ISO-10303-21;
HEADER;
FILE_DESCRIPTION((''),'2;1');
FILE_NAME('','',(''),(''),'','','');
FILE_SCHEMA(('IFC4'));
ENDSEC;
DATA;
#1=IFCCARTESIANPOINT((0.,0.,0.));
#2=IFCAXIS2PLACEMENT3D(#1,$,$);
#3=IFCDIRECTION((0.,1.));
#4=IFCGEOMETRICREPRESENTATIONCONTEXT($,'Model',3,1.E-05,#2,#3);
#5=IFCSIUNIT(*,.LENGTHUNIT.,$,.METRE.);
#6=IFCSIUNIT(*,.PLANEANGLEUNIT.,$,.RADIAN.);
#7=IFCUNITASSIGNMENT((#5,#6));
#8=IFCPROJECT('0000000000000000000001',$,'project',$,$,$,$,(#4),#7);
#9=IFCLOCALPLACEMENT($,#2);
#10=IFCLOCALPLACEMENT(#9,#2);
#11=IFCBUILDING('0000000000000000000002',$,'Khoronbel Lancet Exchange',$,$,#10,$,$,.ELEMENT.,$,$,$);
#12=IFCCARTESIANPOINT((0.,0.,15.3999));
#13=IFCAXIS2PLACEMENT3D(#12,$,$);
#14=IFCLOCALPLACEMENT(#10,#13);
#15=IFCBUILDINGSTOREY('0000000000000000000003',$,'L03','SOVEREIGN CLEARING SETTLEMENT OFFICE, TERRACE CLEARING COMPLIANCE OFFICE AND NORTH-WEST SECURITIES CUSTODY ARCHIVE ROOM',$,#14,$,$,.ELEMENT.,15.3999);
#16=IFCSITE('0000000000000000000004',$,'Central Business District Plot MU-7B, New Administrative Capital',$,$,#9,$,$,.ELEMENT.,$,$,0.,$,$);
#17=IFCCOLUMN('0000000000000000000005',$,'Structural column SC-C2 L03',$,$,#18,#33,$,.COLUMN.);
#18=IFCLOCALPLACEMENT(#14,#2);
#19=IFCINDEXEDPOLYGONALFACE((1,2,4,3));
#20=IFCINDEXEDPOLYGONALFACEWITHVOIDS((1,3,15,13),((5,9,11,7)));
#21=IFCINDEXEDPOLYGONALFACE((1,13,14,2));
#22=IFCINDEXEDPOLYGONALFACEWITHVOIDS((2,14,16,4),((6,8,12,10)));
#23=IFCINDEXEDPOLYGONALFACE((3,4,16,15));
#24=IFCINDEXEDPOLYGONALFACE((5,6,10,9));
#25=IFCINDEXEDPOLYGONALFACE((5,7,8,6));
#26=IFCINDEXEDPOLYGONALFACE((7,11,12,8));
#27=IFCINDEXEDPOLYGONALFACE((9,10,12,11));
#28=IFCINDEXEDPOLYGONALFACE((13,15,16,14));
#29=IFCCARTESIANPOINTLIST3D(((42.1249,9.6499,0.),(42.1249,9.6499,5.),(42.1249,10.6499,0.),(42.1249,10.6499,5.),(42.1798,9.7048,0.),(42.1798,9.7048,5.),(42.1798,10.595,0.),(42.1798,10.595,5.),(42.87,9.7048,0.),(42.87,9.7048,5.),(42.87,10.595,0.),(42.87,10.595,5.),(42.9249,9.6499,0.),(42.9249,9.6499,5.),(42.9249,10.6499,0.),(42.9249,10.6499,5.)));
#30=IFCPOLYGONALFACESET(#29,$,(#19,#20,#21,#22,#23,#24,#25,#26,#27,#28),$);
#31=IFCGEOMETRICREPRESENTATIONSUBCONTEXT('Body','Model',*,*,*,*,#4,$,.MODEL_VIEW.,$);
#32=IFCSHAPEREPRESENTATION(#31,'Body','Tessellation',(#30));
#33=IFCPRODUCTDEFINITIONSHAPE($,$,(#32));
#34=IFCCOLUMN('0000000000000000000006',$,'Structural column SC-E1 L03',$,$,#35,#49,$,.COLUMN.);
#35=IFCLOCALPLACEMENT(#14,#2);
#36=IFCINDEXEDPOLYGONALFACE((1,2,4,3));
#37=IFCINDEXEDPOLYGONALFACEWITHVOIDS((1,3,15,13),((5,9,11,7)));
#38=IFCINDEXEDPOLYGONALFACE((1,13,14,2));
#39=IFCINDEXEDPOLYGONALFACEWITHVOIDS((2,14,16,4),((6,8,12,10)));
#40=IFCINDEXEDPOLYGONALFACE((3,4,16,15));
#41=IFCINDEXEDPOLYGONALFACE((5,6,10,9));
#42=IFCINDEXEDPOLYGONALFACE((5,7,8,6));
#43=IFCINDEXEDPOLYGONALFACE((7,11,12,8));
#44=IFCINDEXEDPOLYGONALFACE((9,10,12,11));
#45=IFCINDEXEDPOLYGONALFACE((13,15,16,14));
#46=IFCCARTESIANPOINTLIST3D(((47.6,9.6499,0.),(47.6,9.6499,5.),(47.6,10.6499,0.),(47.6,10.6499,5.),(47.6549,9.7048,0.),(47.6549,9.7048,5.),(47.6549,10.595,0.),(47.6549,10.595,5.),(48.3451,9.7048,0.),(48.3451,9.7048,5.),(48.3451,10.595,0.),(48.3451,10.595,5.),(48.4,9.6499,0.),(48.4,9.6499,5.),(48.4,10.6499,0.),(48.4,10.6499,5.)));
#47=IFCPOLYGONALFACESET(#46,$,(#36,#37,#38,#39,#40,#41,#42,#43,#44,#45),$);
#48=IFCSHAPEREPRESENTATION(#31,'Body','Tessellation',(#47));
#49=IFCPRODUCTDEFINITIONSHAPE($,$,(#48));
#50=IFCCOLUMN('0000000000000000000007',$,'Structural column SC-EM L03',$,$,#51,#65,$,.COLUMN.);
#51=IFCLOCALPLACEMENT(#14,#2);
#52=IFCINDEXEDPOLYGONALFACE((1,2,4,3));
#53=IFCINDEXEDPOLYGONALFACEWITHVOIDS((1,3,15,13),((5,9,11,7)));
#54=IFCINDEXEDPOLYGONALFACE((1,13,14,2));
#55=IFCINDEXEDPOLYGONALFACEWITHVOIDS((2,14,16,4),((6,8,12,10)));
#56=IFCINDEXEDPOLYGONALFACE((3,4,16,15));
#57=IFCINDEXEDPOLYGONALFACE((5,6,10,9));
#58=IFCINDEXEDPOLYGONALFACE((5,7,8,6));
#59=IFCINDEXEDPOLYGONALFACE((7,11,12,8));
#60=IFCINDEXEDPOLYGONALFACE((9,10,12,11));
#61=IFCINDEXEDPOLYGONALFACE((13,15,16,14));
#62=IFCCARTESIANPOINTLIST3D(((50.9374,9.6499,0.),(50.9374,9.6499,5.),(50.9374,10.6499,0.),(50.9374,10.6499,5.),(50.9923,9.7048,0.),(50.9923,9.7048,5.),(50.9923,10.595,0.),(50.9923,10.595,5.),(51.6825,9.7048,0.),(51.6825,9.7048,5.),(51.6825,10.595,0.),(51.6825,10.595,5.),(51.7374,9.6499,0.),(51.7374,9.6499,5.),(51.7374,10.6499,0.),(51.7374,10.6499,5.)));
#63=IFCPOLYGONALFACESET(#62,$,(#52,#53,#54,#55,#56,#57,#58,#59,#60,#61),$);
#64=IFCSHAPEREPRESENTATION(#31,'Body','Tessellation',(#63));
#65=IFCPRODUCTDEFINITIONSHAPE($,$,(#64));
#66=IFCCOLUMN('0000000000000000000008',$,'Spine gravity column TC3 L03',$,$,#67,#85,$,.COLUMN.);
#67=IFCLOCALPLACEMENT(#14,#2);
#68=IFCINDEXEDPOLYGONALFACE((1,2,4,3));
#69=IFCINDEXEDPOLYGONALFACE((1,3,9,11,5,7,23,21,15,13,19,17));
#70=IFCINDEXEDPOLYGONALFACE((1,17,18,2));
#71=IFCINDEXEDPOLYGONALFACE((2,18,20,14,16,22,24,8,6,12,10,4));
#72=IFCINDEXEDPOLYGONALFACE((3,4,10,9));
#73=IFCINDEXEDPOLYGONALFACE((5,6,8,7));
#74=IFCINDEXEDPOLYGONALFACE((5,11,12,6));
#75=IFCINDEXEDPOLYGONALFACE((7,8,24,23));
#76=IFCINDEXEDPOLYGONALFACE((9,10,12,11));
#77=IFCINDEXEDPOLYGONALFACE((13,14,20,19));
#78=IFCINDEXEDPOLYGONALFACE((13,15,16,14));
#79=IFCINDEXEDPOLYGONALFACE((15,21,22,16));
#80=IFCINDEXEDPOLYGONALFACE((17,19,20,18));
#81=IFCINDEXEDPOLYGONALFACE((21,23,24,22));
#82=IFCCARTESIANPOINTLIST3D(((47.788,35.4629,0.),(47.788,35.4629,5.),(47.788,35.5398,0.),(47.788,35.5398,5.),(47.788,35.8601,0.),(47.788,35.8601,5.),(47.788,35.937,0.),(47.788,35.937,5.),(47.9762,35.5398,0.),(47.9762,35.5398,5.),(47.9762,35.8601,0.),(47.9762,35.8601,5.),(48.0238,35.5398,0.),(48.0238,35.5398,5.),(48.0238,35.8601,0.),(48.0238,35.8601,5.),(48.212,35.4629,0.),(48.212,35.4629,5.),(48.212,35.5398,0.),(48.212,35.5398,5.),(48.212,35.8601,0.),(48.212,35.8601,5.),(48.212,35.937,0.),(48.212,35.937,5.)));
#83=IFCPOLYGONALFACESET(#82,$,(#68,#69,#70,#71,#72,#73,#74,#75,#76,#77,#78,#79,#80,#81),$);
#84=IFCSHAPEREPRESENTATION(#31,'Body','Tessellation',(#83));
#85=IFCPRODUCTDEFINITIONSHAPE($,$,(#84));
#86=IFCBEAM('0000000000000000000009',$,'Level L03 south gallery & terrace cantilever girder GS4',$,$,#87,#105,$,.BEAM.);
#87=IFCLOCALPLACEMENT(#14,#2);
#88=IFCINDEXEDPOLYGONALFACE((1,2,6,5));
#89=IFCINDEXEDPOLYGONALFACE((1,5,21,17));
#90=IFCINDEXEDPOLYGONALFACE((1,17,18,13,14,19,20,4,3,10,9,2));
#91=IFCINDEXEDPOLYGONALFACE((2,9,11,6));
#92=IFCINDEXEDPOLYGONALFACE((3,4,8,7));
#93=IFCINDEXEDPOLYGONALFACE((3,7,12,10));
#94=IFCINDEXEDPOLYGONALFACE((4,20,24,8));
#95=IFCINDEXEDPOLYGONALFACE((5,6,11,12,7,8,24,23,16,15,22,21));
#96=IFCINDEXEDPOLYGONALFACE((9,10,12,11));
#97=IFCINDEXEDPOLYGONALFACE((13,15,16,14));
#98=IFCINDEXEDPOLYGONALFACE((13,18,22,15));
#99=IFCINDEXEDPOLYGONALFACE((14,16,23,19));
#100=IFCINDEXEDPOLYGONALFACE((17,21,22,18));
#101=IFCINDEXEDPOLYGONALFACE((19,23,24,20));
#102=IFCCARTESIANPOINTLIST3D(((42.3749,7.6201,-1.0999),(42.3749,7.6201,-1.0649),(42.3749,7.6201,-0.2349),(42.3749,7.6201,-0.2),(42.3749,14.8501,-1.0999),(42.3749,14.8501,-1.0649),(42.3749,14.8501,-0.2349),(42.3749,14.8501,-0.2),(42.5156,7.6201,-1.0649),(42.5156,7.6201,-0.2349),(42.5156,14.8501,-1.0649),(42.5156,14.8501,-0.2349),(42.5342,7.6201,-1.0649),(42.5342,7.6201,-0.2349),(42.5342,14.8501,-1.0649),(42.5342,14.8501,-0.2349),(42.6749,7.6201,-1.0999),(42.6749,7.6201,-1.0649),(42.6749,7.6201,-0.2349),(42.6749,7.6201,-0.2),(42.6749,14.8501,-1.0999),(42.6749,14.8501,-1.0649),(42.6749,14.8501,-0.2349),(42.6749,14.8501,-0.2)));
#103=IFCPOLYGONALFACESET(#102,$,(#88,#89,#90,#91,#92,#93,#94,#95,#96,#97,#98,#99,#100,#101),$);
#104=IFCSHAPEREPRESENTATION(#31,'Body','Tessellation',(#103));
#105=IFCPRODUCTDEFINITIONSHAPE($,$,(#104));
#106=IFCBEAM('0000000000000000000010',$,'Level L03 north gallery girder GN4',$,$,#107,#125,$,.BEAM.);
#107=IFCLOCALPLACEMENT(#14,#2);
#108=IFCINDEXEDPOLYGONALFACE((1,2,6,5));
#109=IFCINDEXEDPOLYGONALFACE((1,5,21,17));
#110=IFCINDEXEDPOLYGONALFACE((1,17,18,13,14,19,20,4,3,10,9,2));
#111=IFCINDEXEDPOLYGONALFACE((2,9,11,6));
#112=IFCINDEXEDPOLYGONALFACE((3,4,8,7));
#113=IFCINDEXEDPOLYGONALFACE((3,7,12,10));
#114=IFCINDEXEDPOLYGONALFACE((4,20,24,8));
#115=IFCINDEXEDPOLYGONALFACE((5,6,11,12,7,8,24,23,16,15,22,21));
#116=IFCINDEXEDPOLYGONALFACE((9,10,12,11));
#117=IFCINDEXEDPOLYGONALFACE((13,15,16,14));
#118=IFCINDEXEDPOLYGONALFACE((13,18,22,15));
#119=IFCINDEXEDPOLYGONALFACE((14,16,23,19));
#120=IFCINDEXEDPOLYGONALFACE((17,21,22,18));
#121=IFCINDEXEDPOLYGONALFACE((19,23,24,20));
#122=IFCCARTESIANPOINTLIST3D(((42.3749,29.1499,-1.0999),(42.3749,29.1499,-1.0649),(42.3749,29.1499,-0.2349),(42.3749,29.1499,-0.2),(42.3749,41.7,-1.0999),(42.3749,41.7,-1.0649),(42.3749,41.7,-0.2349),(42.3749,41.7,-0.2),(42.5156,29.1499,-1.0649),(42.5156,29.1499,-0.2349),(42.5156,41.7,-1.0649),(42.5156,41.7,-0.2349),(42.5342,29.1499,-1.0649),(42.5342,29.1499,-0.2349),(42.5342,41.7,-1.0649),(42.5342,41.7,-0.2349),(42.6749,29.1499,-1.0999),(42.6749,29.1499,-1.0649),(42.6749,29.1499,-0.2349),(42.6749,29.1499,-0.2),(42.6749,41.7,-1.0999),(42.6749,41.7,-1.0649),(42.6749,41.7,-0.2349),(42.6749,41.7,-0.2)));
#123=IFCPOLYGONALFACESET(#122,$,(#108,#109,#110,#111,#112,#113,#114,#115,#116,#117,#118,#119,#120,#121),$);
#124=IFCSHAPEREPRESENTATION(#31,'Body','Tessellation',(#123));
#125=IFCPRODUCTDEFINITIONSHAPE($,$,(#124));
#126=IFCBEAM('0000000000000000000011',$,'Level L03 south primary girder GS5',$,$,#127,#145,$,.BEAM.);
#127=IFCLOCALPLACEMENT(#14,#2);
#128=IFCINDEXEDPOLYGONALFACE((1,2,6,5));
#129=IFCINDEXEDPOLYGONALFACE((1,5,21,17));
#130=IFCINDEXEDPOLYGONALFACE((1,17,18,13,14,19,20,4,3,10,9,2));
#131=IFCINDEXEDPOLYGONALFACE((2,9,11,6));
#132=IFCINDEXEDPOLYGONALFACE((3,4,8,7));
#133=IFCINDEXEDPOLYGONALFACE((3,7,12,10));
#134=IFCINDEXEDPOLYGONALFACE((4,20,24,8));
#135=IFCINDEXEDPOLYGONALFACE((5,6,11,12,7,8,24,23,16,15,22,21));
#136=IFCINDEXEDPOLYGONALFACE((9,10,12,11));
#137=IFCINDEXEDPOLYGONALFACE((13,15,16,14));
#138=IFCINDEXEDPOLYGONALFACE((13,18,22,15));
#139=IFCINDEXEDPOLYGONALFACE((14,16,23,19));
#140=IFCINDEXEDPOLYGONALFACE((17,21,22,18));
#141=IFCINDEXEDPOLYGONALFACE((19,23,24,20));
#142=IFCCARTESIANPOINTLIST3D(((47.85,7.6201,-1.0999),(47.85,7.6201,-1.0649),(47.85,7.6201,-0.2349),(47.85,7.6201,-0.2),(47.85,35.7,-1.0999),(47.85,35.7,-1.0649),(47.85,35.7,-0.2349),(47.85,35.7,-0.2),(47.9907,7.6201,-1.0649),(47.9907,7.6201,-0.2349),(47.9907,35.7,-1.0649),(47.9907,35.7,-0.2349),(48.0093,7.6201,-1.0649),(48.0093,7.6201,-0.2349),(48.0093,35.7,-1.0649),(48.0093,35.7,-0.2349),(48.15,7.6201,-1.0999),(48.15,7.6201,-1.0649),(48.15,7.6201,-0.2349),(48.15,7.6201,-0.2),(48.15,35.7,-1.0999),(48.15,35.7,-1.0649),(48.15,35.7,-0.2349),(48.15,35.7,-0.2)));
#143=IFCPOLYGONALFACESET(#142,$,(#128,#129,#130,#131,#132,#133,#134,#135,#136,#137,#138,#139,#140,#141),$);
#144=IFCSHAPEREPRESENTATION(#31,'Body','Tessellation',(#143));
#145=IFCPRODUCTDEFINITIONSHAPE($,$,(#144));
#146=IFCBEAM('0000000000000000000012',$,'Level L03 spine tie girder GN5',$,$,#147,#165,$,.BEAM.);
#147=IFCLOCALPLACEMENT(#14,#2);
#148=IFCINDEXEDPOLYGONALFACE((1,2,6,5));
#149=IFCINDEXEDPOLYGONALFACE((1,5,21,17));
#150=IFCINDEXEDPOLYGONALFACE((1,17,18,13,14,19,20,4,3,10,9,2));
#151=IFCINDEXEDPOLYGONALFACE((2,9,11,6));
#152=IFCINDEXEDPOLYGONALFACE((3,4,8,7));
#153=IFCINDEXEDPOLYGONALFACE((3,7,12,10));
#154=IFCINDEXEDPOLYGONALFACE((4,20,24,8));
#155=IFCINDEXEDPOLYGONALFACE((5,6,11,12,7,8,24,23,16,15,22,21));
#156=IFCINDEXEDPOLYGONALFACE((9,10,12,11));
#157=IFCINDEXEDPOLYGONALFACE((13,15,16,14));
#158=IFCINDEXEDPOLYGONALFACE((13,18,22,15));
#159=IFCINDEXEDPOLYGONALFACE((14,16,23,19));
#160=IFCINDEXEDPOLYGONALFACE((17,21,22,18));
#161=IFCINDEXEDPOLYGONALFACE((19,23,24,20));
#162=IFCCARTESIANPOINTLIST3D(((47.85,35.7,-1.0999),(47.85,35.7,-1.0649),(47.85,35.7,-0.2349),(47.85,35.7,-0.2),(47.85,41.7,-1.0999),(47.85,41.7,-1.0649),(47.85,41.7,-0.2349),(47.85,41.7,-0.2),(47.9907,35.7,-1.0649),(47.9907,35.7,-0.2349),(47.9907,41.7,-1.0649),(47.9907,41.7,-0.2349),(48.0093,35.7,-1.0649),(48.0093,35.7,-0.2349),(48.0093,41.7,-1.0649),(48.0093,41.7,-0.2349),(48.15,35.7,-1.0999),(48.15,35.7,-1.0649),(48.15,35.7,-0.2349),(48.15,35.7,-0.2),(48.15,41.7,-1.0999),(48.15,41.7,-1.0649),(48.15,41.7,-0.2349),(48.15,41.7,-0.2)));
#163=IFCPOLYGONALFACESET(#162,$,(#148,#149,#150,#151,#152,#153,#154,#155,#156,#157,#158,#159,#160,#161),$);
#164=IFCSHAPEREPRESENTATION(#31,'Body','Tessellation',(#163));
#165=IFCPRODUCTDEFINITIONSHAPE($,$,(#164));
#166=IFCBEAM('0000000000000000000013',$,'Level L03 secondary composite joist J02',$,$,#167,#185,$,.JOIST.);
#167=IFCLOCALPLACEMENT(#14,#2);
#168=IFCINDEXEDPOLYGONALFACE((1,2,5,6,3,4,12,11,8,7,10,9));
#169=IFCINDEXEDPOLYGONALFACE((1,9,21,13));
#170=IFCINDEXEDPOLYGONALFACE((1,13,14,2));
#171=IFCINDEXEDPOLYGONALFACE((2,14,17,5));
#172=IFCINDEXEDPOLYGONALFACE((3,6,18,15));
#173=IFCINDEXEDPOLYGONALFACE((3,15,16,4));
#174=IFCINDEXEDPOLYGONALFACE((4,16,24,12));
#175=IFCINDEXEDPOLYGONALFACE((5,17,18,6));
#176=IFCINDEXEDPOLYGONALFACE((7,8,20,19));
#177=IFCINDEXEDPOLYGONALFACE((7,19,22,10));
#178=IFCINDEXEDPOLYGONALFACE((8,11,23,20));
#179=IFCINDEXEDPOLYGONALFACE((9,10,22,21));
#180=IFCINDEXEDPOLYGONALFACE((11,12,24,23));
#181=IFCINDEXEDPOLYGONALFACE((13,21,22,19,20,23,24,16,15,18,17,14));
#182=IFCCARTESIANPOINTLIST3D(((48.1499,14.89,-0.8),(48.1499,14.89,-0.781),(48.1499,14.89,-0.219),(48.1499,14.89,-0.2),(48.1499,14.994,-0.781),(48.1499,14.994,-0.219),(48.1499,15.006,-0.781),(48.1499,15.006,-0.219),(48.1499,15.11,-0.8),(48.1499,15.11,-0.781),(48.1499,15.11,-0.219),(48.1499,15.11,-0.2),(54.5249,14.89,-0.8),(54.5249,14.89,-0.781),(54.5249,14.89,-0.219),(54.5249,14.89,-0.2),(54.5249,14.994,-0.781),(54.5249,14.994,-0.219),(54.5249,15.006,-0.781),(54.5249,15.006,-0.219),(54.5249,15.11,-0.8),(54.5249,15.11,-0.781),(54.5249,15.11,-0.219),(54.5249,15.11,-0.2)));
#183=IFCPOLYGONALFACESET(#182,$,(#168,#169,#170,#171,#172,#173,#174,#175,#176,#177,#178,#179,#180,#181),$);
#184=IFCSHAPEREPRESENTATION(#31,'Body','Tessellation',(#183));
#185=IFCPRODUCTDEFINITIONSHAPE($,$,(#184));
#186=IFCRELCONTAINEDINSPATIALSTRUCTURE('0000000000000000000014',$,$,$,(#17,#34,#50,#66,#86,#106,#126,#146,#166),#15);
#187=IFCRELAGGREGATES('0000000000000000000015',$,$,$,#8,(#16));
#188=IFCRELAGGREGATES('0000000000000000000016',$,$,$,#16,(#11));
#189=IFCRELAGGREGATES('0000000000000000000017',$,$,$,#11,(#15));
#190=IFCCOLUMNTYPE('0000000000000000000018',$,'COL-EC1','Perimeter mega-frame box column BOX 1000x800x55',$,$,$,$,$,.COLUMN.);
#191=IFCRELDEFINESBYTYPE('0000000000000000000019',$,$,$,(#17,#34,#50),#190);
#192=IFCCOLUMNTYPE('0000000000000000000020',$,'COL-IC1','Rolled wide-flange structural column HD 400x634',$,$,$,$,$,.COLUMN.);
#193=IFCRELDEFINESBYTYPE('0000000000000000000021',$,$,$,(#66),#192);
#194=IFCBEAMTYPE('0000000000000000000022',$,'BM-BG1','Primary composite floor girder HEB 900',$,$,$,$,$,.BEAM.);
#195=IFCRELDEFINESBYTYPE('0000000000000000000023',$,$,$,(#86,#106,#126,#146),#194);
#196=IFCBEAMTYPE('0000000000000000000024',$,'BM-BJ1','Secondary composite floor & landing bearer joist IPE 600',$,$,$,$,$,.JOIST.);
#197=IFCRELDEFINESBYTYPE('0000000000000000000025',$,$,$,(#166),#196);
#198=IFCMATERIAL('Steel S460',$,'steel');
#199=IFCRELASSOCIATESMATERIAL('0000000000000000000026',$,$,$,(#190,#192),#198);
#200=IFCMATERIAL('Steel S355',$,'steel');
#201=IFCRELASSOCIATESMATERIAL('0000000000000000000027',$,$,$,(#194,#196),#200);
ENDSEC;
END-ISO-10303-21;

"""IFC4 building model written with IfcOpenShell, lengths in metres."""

from ifc_helpers import new_model, si_unit, direction, frame, origin, origin_2d, place, context, subcontext, project, spatial, hollow_rectangle, i_section, extrude, material, material_profile, profile_set, type_object, element, save


model = new_model("IFC4")

# Units and contexts
model_context = context("Model", 3, precision=1e-05, world=origin(), true_north=direction((0.0, 1.0)))
body_context = subcontext(model_context, "Body", "Model", "MODEL_VIEW")
ifc_project = project(units=[si_unit("LENGTHUNIT", "METRE"), si_unit("PLANEANGLEUNIT", "RADIAN")], contexts=[model_context])

# Site, building, storey
site_placement = place(None, origin())
site = spatial("IfcSite", under=ifc_project, at=site_placement, Name="Central Business District Plot MU-7B, New Administrative Capital", CompositionType="ELEMENT", RefElevation=0.0)
building_placement = place(site_placement, origin())
building = spatial("IfcBuilding", under=site, at=building_placement, Name="Khoronbel Lancet Exchange", CompositionType="ELEMENT")
storey_placement = place(building_placement, frame((0.0, 0.0, 15.3999)))
storey = spatial("IfcBuildingStorey", under=building, at=storey_placement, Name="L03", Description="SOVEREIGN CLEARING SETTLEMENT OFFICE, TERRACE CLEARING COMPLIANCE OFFICE AND NORTH-WEST SECURITIES CUSTODY ARCHIVE ROOM", CompositionType="ELEMENT", Elevation=15.3999)

# Columns
ifc_material_1 = material(Name="Steel S460", Category="steel")
ifc_material_profile_1 = material_profile(ifc_material_1, hollow_rectangle(XDim=0.8, YDim=1.0, WallThickness=0.0549, at=origin_2d()), Name="BOX 1000x800x55")
ifc_profile_set_1 = profile_set([ifc_material_profile_1], Name="Steel S460")
column_type_1 = type_object("IfcColumnType", Name="COL-EC1", Description="Perimeter mega-frame box column BOX 1000x800x55", PredefinedType="COLUMN", material=ifc_profile_set_1)
for number, where, z_axis, x_axis, name in (
    (1, (42.5249, 10.1499, 0.0), (0.0, 0.0, 1.0), (1.0, 0.0, 0.0), "Structural column SC-C2 L03"),
    (2, (48.0, 10.1499, 0.0), (0.0, 0.0, 1.0), (1.0, 0.0, 0.0), "Structural column SC-E1 L03"),
    (3, (51.3374, 10.1499, 0.0), (0.0, 0.0, 1.0), (1.0, 0.0, 0.0), "Structural column SC-EM L03"),
):
    element("IfcColumn", number, at=place(storey_placement, frame(where, z_axis=z_axis, x_axis=x_axis)), inside=storey, type_object=column_type_1, Name=name, PredefinedType="COLUMN", context=body_context, shape_type="SweptSolid", body=[
        extrude(hollow_rectangle(XDim=0.8, YDim=1.0, WallThickness=0.0549, at=origin_2d()), origin(), (0.0, 0.0, 1.0), 5.0),
    ])
ifc_material_profile_2 = material_profile(ifc_material_1, i_section(OverallWidth=0.4241, OverallDepth=0.4741, WebThickness=0.0476, FlangeThickness=0.0769, at=origin_2d()), Name="HD 400x634")
ifc_profile_set_2 = profile_set([ifc_material_profile_2], Name="Steel S460")
column_type_2 = type_object("IfcColumnType", Name="COL-IC1", Description="Rolled wide-flange structural column HD 400x634", PredefinedType="COLUMN", material=ifc_profile_set_2)
column_placement = place(storey_placement, frame((48.0, 35.7, 0.0), z_axis=(0.0, 0.0, 1.0), x_axis=(1.0, 0.0, 0.0)))
element("IfcColumn", 4, at=column_placement, inside=storey, type_object=column_type_2, Name="Spine gravity column TC3 L03", PredefinedType="COLUMN", context=body_context, shape_type="SweptSolid", body=[
    extrude(i_section(OverallWidth=0.4241, OverallDepth=0.4741, WebThickness=0.0476, FlangeThickness=0.0769, at=origin_2d()), origin(), (0.0, 0.0, 1.0), 5.0),
])

# Beams
ifc_material_2 = material(Name="Steel S355", Category="steel")
ifc_material_profile_3 = material_profile(ifc_material_2, i_section(OverallWidth=0.3, OverallDepth=0.8999, WebThickness=0.0186, FlangeThickness=0.0349, at=origin_2d()), Name="HEB 900")
ifc_profile_set_3 = profile_set([ifc_material_profile_3], Name="Steel S355")
beam_type_1 = type_object("IfcBeamType", Name="BM-BG1", Description="Primary composite floor girder HEB 900", PredefinedType="BEAM", material=ifc_profile_set_3)
beam_1_placement = place(storey_placement, frame((42.5249, 7.6201, -0.6499), z_axis=(0.0, 1.0, 0.0), x_axis=(-1.0, 0.0, 0.0)))
element("IfcBeam", 5, at=beam_1_placement, inside=storey, type_object=beam_type_1, Name="Level L03 south gallery & terrace cantilever girder GS4", PredefinedType="BEAM", context=body_context, shape_type="SweptSolid", body=[
    extrude(i_section(OverallWidth=0.3, OverallDepth=0.8999, WebThickness=0.0186, FlangeThickness=0.0349, at=origin_2d()), origin(), (0.0, 0.0, 1.0), 7.23),
])
beam_2_placement = place(storey_placement, frame((42.5249, 29.1499, -0.6499), z_axis=(0.0, 1.0, 0.0), x_axis=(-1.0, 0.0, 0.0)))
element("IfcBeam", 6, at=beam_2_placement, inside=storey, type_object=beam_type_1, Name="Level L03 north gallery girder GN4", PredefinedType="BEAM", context=body_context, shape_type="SweptSolid", body=[
    extrude(i_section(OverallWidth=0.3, OverallDepth=0.8999, WebThickness=0.0186, FlangeThickness=0.0349, at=origin_2d()), origin(), (0.0, 0.0, 1.0), 12.55),
])
beam_3_placement = place(storey_placement, frame((48.0, 7.6201, -0.6499), z_axis=(0.0, 1.0, 0.0), x_axis=(-1.0, 0.0, 0.0)))
element("IfcBeam", 7, at=beam_3_placement, inside=storey, type_object=beam_type_1, Name="Level L03 south primary girder GS5", PredefinedType="BEAM", context=body_context, shape_type="SweptSolid", body=[
    extrude(i_section(OverallWidth=0.3, OverallDepth=0.8999, WebThickness=0.0186, FlangeThickness=0.0349, at=origin_2d()), origin(), (0.0, 0.0, 1.0), 28.0798),
])
beam_4_placement = place(storey_placement, frame((48.0, 35.7, -0.6499), z_axis=(0.0, 1.0, 0.0), x_axis=(-1.0, 0.0, 0.0)))
element("IfcBeam", 8, at=beam_4_placement, inside=storey, type_object=beam_type_1, Name="Level L03 spine tie girder GN5", PredefinedType="BEAM", context=body_context, shape_type="SweptSolid", body=[
    extrude(i_section(OverallWidth=0.3, OverallDepth=0.8999, WebThickness=0.0186, FlangeThickness=0.0349, at=origin_2d()), origin(), (0.0, 0.0, 1.0), 6.0),
])
ifc_material_profile_4 = material_profile(ifc_material_2, i_section(OverallWidth=0.22, OverallDepth=0.6001, WebThickness=0.012, FlangeThickness=0.019, at=origin_2d()), Name="IPE 600")
ifc_profile_set_4 = profile_set([ifc_material_profile_4], Name="Steel S355")
beam_type_2 = type_object("IfcBeamType", Name="BM-BJ1", Description="Secondary composite floor & landing bearer joist IPE 600", PredefinedType="JOIST", material=ifc_profile_set_4)
for number, where, z_axis, x_axis, name in (
    (9, (48.1499, 15.0, -0.5), (1.0, 0.0, 0.0), (0.0, 1.0, 0.0), "Level L03 secondary composite joist J02"),
):
    element("IfcBeam", number, at=place(storey_placement, frame(where, z_axis=z_axis, x_axis=x_axis)), inside=storey, type_object=beam_type_2, Name=name, PredefinedType="JOIST", context=body_context, shape_type="SweptSolid", body=[
        extrude(i_section(OverallWidth=0.22, OverallDepth=0.6001, WebThickness=0.012, FlangeThickness=0.019, at=origin_2d()), origin(), (0.0, 0.0, 1.0), 6.375),
    ])

save(model, "model.ifc")
